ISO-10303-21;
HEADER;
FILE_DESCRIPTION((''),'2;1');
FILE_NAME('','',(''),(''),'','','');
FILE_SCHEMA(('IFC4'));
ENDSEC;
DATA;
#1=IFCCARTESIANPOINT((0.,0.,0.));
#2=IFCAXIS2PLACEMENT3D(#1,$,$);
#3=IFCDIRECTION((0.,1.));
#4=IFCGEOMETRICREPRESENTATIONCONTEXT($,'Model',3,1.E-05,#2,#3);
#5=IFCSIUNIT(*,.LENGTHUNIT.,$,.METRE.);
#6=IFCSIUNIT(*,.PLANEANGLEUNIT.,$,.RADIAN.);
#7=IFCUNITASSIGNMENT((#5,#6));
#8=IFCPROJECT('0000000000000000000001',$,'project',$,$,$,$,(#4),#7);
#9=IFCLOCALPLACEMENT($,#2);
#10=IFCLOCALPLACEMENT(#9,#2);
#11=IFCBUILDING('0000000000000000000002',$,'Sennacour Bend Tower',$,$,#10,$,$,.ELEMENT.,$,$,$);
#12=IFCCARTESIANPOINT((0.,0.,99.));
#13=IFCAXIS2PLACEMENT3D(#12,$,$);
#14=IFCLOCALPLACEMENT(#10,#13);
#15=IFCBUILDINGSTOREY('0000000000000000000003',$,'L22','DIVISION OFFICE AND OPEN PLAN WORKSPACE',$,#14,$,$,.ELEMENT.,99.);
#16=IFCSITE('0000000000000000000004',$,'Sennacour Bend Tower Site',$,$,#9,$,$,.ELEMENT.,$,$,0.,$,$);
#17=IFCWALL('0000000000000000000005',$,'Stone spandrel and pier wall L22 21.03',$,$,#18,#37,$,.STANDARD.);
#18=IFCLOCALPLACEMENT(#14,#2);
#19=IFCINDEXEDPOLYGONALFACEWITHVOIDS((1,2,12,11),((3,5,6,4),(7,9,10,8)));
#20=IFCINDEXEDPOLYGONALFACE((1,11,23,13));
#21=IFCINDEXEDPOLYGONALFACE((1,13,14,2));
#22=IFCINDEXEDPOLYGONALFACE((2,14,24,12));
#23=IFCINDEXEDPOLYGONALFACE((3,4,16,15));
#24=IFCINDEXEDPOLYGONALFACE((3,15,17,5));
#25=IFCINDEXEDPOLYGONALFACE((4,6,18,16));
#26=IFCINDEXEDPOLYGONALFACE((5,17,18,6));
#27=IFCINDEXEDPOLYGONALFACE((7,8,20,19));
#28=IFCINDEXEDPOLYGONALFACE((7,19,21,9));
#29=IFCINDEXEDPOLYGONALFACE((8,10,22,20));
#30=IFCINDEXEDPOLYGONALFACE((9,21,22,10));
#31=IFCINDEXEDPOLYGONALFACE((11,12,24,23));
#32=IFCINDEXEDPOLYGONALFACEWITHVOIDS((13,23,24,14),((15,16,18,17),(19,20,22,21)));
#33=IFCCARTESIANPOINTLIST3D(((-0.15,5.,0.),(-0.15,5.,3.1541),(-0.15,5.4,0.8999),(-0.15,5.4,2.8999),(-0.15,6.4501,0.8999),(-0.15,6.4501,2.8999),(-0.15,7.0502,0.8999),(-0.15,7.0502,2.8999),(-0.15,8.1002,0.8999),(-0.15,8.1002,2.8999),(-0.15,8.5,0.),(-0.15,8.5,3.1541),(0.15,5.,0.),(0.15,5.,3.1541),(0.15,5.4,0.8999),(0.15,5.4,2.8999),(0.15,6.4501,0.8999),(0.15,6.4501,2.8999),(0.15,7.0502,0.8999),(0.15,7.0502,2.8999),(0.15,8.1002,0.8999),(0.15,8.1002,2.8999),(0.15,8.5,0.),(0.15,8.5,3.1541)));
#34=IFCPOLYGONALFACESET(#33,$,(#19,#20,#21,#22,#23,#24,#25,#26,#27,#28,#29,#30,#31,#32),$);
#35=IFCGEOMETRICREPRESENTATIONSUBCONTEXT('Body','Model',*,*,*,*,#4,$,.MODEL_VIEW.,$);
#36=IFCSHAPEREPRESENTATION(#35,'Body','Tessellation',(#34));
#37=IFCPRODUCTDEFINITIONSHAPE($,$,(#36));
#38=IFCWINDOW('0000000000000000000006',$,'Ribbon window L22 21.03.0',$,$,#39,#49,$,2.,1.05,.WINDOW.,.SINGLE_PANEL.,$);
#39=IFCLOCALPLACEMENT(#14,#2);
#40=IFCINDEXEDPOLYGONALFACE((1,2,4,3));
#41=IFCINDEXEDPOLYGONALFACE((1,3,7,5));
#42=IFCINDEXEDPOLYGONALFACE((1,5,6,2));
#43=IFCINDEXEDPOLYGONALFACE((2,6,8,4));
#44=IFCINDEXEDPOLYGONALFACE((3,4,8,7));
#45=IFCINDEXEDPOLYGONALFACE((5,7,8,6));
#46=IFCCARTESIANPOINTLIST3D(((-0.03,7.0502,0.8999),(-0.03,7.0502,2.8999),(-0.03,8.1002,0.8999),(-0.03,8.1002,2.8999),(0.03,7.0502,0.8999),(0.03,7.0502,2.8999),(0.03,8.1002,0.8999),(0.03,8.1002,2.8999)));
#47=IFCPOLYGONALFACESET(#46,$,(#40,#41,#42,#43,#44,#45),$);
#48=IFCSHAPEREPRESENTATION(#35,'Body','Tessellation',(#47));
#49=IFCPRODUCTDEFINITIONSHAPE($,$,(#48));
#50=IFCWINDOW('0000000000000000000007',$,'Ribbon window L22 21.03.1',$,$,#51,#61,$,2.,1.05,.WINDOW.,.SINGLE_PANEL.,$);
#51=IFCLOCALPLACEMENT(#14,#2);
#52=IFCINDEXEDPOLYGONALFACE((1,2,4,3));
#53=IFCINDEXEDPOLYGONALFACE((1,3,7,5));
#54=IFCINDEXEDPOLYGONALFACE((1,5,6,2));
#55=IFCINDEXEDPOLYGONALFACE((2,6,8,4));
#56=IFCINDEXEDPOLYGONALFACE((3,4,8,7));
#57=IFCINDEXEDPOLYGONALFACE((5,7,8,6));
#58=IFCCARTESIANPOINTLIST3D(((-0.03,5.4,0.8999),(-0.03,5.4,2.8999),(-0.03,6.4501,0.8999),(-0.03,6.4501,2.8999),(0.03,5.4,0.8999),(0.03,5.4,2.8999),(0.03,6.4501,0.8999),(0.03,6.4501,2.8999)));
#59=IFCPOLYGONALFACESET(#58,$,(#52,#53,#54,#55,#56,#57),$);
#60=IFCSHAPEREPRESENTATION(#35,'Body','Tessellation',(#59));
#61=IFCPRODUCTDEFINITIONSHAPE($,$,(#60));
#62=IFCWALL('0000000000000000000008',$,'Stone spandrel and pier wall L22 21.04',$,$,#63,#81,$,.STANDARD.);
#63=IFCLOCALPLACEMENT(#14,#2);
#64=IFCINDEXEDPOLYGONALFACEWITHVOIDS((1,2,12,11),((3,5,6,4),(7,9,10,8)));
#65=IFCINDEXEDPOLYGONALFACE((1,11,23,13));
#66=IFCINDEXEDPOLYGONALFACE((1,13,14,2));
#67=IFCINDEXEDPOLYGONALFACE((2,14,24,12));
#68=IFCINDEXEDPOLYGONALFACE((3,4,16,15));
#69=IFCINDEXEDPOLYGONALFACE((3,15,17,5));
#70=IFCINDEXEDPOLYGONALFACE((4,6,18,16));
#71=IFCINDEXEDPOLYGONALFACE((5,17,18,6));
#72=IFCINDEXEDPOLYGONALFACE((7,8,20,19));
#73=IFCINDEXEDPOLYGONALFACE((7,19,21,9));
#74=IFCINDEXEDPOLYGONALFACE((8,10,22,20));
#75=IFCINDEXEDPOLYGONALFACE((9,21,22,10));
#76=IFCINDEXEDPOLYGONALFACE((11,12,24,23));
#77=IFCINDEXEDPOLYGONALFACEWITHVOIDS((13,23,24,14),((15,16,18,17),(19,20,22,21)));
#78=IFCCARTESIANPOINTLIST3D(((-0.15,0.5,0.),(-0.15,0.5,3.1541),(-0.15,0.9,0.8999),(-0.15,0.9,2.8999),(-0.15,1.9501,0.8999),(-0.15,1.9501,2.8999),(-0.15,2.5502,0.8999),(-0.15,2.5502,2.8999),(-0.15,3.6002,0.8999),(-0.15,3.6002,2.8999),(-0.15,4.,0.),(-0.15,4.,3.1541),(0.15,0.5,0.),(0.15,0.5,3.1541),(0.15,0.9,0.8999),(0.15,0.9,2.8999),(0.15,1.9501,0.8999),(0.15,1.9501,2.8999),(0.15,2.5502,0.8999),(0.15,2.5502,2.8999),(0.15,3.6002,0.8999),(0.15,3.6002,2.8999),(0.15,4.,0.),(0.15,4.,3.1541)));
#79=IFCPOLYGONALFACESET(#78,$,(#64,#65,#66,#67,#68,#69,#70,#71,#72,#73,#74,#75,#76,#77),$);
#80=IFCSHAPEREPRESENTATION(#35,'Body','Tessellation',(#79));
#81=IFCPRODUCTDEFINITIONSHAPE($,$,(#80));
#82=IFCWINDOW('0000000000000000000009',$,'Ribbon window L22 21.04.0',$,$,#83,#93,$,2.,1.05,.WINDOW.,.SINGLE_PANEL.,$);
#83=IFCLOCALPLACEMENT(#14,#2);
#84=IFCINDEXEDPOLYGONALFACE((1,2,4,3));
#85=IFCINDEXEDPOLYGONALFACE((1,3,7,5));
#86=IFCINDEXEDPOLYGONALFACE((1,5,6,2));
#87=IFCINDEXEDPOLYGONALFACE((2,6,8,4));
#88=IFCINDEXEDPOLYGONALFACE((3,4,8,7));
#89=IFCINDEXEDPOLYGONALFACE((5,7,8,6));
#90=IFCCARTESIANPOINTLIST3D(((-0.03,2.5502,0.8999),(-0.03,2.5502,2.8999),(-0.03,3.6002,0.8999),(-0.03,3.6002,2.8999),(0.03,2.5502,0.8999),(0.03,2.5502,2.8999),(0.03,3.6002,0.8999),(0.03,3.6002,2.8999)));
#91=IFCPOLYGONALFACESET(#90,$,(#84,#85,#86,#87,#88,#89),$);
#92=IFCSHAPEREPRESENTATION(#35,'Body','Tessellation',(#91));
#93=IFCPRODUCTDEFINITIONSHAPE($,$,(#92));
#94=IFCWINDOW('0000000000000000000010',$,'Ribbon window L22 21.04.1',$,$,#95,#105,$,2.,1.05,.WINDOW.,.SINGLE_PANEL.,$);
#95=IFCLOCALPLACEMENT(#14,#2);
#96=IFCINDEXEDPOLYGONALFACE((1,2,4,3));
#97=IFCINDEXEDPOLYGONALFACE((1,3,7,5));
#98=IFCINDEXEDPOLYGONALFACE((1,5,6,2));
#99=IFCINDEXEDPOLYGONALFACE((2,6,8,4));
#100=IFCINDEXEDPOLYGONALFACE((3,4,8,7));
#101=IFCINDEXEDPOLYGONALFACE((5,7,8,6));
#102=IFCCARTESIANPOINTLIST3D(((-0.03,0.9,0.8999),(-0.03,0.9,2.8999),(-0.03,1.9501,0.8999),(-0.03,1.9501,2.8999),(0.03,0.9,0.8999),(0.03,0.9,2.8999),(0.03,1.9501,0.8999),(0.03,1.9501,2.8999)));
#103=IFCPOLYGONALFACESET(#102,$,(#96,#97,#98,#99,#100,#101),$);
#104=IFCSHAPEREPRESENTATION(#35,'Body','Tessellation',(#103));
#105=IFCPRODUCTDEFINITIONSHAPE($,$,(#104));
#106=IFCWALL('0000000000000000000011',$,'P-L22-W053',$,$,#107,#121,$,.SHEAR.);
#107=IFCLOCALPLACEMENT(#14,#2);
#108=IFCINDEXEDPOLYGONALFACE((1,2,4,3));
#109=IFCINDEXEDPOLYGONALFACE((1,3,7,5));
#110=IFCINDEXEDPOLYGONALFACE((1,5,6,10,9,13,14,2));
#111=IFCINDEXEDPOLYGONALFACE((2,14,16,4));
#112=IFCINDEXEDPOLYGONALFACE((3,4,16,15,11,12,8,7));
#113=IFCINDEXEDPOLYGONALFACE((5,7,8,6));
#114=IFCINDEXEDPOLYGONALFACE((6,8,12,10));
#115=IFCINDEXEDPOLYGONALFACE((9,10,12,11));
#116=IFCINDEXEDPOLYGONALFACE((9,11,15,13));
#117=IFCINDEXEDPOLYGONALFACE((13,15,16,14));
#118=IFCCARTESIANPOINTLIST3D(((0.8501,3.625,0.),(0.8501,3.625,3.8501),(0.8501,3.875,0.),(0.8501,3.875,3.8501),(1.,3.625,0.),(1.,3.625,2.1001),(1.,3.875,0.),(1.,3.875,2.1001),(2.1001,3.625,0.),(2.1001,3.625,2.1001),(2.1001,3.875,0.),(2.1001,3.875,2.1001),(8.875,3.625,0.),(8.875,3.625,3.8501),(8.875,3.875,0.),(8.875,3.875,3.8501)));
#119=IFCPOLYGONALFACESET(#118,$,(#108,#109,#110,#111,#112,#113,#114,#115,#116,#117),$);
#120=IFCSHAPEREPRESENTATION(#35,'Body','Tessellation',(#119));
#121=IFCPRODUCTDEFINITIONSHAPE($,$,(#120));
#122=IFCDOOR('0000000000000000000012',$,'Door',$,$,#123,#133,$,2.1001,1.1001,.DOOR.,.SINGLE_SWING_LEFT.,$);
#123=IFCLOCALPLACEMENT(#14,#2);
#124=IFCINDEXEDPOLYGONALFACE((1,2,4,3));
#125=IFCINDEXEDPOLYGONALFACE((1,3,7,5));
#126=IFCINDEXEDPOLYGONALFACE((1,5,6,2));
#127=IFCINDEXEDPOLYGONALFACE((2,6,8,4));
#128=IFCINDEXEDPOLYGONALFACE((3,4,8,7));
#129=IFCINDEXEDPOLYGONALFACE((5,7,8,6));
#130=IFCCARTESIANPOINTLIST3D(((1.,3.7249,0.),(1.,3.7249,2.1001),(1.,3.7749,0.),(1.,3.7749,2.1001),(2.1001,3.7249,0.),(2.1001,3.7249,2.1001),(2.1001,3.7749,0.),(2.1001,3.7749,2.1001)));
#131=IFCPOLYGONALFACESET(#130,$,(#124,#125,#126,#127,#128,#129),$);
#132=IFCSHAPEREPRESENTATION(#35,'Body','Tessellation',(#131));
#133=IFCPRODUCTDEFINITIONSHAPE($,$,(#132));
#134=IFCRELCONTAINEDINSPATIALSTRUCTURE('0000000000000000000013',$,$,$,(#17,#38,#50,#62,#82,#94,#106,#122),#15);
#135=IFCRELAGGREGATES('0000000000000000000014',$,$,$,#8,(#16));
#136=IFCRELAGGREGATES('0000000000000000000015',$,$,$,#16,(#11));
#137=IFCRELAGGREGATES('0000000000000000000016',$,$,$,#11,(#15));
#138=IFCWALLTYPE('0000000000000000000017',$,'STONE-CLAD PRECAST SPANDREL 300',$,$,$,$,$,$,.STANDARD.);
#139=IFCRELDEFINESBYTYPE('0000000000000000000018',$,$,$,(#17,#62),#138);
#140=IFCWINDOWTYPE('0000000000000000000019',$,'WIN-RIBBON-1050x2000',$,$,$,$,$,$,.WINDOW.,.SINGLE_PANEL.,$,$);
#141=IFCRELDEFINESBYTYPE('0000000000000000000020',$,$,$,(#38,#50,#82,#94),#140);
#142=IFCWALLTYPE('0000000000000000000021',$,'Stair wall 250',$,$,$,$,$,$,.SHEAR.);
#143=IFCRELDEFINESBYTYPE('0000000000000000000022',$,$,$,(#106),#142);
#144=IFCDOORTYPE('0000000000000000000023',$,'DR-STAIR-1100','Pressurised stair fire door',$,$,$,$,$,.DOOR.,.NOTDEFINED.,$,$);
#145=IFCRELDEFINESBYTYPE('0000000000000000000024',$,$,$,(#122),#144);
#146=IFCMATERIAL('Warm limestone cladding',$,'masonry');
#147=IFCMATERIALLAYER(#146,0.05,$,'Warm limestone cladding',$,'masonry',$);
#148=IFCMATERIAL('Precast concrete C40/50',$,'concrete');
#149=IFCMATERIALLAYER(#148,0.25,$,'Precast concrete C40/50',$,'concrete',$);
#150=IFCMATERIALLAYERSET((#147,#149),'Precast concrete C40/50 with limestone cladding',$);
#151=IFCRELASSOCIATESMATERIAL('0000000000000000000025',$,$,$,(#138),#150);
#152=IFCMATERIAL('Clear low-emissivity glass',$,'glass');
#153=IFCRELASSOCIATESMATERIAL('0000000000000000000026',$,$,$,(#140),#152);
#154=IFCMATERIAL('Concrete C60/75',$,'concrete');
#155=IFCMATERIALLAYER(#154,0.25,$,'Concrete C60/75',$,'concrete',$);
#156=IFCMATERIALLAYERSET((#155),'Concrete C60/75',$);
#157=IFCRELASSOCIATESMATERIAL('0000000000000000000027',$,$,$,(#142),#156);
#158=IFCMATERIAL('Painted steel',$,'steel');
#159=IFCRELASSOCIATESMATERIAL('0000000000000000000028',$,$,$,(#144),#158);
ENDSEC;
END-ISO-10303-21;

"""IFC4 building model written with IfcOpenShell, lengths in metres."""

from ifc_helpers import new_model, si_unit, direction, frame, frame_2d, origin, place, context, subcontext, project, spatial, rectangle, extrude, material, layer, layer_set, type_object, element, fill, save


model = new_model("IFC4")

# Units and contexts
model_context = context("Model", 3, precision=1e-05, world=origin(), true_north=direction((0.0, 1.0)))
body_context = subcontext(model_context, "Body", "Model", "MODEL_VIEW")
ifc_project = project(units=[si_unit("LENGTHUNIT", "METRE"), si_unit("PLANEANGLEUNIT", "RADIAN")], contexts=[model_context])

# Site, building, storey
site_placement = place(None, origin())
site = spatial("IfcSite", under=ifc_project, at=site_placement, Name="Sennacour Bend Tower Site", CompositionType="ELEMENT", RefElevation=0.0)
building_placement = place(site_placement, origin())
building = spatial("IfcBuilding", under=site, at=building_placement, Name="Sennacour Bend Tower", CompositionType="ELEMENT")
storey_placement = place(building_placement, frame((0.0, 0.0, 99.0)))
storey = spatial("IfcBuildingStorey", under=building, at=storey_placement, Name="L22", Description="DIVISION OFFICE AND OPEN PLAN WORKSPACE", CompositionType="ELEMENT", Elevation=99.0)

# Walls, openings, windows
ifc_material_1 = material(Name="Warm limestone cladding", Category="masonry")
ifc_layer_1 = layer(ifc_material_1, 0.05, Name="Warm limestone cladding", Category="masonry")
ifc_material_2 = material(Name="Precast concrete C40/50", Category="concrete")
ifc_layer_2 = layer(ifc_material_2, 0.25, Name="Precast concrete C40/50", Category="concrete")
ifc_layer_set_1 = layer_set([ifc_layer_1, ifc_layer_2], Name="Precast concrete C40/50 with limestone cladding")
wall_type_1 = type_object("IfcWallType", Name="STONE-CLAD PRECAST SPANDREL 300", PredefinedType="STANDARD", material=ifc_layer_set_1)
wall_1_placement = place(storey_placement, frame((0.0, 8.5, 0.0), z_axis=(0.0, 0.0, 1.0), x_axis=(0.0, -1.0, 0.0)))
wall_1 = element("IfcWall", 1, at=wall_1_placement, inside=storey, type_object=wall_type_1, Name="Stone spandrel and pier wall L22 21.03", PredefinedType="STANDARD", context=body_context, shape_type="SweptSolid", body=[
    extrude(rectangle(XDim=3.5, YDim=0.3, at=frame_2d((1.75, 0.0))), origin(), (0.0, 0.0, 1.0), 3.1541),
])
opening_1_placement = place(wall_1_placement, frame((0.3999, 0.0, 0.8999)))
opening_1 = element("IfcOpeningElement", 2, at=opening_1_placement, cuts=wall_1, PredefinedType="OPENING", context=body_context, shape_type="SweptSolid", body=[
    extrude(rectangle(XDim=1.05, YDim=2.0, at=frame_2d((0.5249, 1.0))), frame((0.0, 0.1602, 0.0), z_axis=(0.0, -1.0, 0.0), x_axis=(1.0, 0.0, 0.0)), (0.0, 0.0, 1.0), 0.3201),
])
opening_2_placement = place(wall_1_placement, frame((2.05, 0.0, 0.8999)))
opening_2 = element("IfcOpeningElement", 3, at=opening_2_placement, cuts=wall_1, PredefinedType="OPENING", context=body_context, shape_type="SweptSolid", body=[
    extrude(rectangle(XDim=1.05, YDim=2.0, at=frame_2d((0.5249, 1.0))), frame((0.0, 0.1602, 0.0), z_axis=(0.0, -1.0, 0.0), x_axis=(1.0, 0.0, 0.0)), (0.0, 0.0, 1.0), 0.3201),
])
ifc_material_3 = material(Name="Clear low-emissivity glass", Category="glass")
window_type = type_object("IfcWindowType", Name="WIN-RIBBON-1050x2000", PartitioningType="SINGLE_PANEL", PredefinedType="WINDOW", material=ifc_material_3)
window_1_placement = place(opening_1_placement, origin())
window_1 = element("IfcWindow", 4, at=window_1_placement, inside=storey, type_object=window_type, Name="Ribbon window L22 21.03.0", OverallHeight=2.0, OverallWidth=1.05, PartitioningType="SINGLE_PANEL", PredefinedType="WINDOW", context=body_context, shape_type="SweptSolid", body=[
    extrude(rectangle(XDim=1.05, YDim=2.0, at=frame_2d((0.5249, 1.0))), frame((0.0, 0.03, 0.0), z_axis=(0.0, -1.0, 0.0), x_axis=(1.0, 0.0, 0.0)), (0.0, 0.0, 1.0), 0.0601),
])
fill(opening_1, window_1)
window_2_placement = place(opening_2_placement, origin())
window_2 = element("IfcWindow", 5, at=window_2_placement, inside=storey, type_object=window_type, Name="Ribbon window L22 21.03.1", OverallHeight=2.0, OverallWidth=1.05, PartitioningType="SINGLE_PANEL", PredefinedType="WINDOW", context=body_context, shape_type="SweptSolid", body=[
    extrude(rectangle(XDim=1.05, YDim=2.0, at=frame_2d((0.5249, 1.0))), frame((0.0, 0.03, 0.0), z_axis=(0.0, -1.0, 0.0), x_axis=(1.0, 0.0, 0.0)), (0.0, 0.0, 1.0), 0.0601),
])
fill(opening_2, window_2)
wall_2_placement = place(storey_placement, frame((0.0, 4.0, 0.0), z_axis=(0.0, 0.0, 1.0), x_axis=(0.0, -1.0, 0.0)))
wall_2 = element("IfcWall", 6, at=wall_2_placement, inside=storey, type_object=wall_type_1, Name="Stone spandrel and pier wall L22 21.04", PredefinedType="STANDARD", context=body_context, shape_type="SweptSolid", body=[
    extrude(rectangle(XDim=3.5, YDim=0.3, at=frame_2d((1.75, 0.0))), origin(), (0.0, 0.0, 1.0), 3.1541),
])
opening_3_placement = place(wall_2_placement, frame((0.3999, 0.0, 0.8999)))
opening_3 = element("IfcOpeningElement", 7, at=opening_3_placement, cuts=wall_2, PredefinedType="OPENING", context=body_context, shape_type="SweptSolid", body=[
    extrude(rectangle(XDim=1.05, YDim=2.0, at=frame_2d((0.5249, 1.0))), frame((0.0, 0.1602, 0.0), z_axis=(0.0, -1.0, 0.0), x_axis=(1.0, 0.0, 0.0)), (0.0, 0.0, 1.0), 0.3201),
])
opening_4_placement = place(wall_2_placement, frame((2.05, 0.0, 0.8999)))
opening_4 = element("IfcOpeningElement", 8, at=opening_4_placement, cuts=wall_2, PredefinedType="OPENING", context=body_context, shape_type="SweptSolid", body=[
    extrude(rectangle(XDim=1.05, YDim=2.0, at=frame_2d((0.5249, 1.0))), frame((0.0, 0.1602, 0.0), z_axis=(0.0, -1.0, 0.0), x_axis=(1.0, 0.0, 0.0)), (0.0, 0.0, 1.0), 0.3201),
])
window_3_placement = place(opening_3_placement, origin())
window_3 = element("IfcWindow", 9, at=window_3_placement, inside=storey, type_object=window_type, Name="Ribbon window L22 21.04.0", OverallHeight=2.0, OverallWidth=1.05, PartitioningType="SINGLE_PANEL", PredefinedType="WINDOW", context=body_context, shape_type="SweptSolid", body=[
    extrude(rectangle(XDim=1.05, YDim=2.0, at=frame_2d((0.5249, 1.0))), frame((0.0, 0.03, 0.0), z_axis=(0.0, -1.0, 0.0), x_axis=(1.0, 0.0, 0.0)), (0.0, 0.0, 1.0), 0.0601),
])
fill(opening_3, window_3)
window_4_placement = place(opening_4_placement, origin())
window_4 = element("IfcWindow", 10, at=window_4_placement, inside=storey, type_object=window_type, Name="Ribbon window L22 21.04.1", OverallHeight=2.0, OverallWidth=1.05, PartitioningType="SINGLE_PANEL", PredefinedType="WINDOW", context=body_context, shape_type="SweptSolid", body=[
    extrude(rectangle(XDim=1.05, YDim=2.0, at=frame_2d((0.5249, 1.0))), frame((0.0, 0.03, 0.0), z_axis=(0.0, -1.0, 0.0), x_axis=(1.0, 0.0, 0.0)), (0.0, 0.0, 1.0), 0.0601),
])
fill(opening_4, window_4)

# Wall, opening, door
ifc_material_4 = material(Name="Concrete C60/75", Category="concrete")
ifc_layer_3 = layer(ifc_material_4, 0.25, Name="Concrete C60/75", Category="concrete")
ifc_layer_set_2 = layer_set([ifc_layer_3], Name="Concrete C60/75")
wall_type_2 = type_object("IfcWallType", Name="Stair wall 250", PredefinedType="SHEAR", material=ifc_layer_set_2)
wall_3_placement = place(storey_placement, frame((0.8501, 3.75, 0.0), z_axis=(0.0, 0.0, 1.0), x_axis=(1.0, 0.0, 0.0)))
wall_3 = element("IfcWall", 11, at=wall_3_placement, inside=storey, type_object=wall_type_2, Name="P-L22-W053", PredefinedType="SHEAR", context=body_context, shape_type="SweptSolid", body=[
    extrude(rectangle(XDim=8.0249, YDim=0.25, at=frame_2d((4.0125, 0.0))), origin(), (0.0, 0.0, 1.0), 3.8501),
])
opening_5_placement = place(wall_3_placement, frame((0.1499, 0.0, 0.0)))
opening_5 = element("IfcOpeningElement", 12, at=opening_5_placement, cuts=wall_3, PredefinedType="OPENING", context=body_context, shape_type="SweptSolid", body=[
    extrude(rectangle(XDim=1.1001, YDim=2.1001, at=frame_2d((0.55, 1.05))), frame((0.0, 0.135, 0.0), z_axis=(0.0, -1.0, 0.0), x_axis=(1.0, 0.0, 0.0)), (0.0, 0.0, 1.0), 0.27),
])
ifc_material_5 = material(Name="Painted steel", Category="steel")
door_type = type_object("IfcDoorType", Name="DR-STAIR-1100", Description="Pressurised stair fire door", OperationType="NOTDEFINED", PredefinedType="DOOR", material=ifc_material_5)
door_placement = place(opening_5_placement, origin())
door = element("IfcDoor", 13, at=door_placement, inside=storey, type_object=door_type, Name="Door", OperationType="SINGLE_SWING_LEFT", OverallHeight=2.1001, OverallWidth=1.1001, PredefinedType="DOOR", context=body_context, shape_type="SweptSolid", body=[
    extrude(rectangle(XDim=1.1001, YDim=2.1001, at=frame_2d((0.55, 1.05))), frame((0.0, 0.0249, 0.0), z_axis=(0.0, -1.0, 0.0), x_axis=(1.0, 0.0, 0.0)), (0.0, 0.0, 1.0), 0.05),
])
fill(opening_5, door)

save(model, "model.ifc")
